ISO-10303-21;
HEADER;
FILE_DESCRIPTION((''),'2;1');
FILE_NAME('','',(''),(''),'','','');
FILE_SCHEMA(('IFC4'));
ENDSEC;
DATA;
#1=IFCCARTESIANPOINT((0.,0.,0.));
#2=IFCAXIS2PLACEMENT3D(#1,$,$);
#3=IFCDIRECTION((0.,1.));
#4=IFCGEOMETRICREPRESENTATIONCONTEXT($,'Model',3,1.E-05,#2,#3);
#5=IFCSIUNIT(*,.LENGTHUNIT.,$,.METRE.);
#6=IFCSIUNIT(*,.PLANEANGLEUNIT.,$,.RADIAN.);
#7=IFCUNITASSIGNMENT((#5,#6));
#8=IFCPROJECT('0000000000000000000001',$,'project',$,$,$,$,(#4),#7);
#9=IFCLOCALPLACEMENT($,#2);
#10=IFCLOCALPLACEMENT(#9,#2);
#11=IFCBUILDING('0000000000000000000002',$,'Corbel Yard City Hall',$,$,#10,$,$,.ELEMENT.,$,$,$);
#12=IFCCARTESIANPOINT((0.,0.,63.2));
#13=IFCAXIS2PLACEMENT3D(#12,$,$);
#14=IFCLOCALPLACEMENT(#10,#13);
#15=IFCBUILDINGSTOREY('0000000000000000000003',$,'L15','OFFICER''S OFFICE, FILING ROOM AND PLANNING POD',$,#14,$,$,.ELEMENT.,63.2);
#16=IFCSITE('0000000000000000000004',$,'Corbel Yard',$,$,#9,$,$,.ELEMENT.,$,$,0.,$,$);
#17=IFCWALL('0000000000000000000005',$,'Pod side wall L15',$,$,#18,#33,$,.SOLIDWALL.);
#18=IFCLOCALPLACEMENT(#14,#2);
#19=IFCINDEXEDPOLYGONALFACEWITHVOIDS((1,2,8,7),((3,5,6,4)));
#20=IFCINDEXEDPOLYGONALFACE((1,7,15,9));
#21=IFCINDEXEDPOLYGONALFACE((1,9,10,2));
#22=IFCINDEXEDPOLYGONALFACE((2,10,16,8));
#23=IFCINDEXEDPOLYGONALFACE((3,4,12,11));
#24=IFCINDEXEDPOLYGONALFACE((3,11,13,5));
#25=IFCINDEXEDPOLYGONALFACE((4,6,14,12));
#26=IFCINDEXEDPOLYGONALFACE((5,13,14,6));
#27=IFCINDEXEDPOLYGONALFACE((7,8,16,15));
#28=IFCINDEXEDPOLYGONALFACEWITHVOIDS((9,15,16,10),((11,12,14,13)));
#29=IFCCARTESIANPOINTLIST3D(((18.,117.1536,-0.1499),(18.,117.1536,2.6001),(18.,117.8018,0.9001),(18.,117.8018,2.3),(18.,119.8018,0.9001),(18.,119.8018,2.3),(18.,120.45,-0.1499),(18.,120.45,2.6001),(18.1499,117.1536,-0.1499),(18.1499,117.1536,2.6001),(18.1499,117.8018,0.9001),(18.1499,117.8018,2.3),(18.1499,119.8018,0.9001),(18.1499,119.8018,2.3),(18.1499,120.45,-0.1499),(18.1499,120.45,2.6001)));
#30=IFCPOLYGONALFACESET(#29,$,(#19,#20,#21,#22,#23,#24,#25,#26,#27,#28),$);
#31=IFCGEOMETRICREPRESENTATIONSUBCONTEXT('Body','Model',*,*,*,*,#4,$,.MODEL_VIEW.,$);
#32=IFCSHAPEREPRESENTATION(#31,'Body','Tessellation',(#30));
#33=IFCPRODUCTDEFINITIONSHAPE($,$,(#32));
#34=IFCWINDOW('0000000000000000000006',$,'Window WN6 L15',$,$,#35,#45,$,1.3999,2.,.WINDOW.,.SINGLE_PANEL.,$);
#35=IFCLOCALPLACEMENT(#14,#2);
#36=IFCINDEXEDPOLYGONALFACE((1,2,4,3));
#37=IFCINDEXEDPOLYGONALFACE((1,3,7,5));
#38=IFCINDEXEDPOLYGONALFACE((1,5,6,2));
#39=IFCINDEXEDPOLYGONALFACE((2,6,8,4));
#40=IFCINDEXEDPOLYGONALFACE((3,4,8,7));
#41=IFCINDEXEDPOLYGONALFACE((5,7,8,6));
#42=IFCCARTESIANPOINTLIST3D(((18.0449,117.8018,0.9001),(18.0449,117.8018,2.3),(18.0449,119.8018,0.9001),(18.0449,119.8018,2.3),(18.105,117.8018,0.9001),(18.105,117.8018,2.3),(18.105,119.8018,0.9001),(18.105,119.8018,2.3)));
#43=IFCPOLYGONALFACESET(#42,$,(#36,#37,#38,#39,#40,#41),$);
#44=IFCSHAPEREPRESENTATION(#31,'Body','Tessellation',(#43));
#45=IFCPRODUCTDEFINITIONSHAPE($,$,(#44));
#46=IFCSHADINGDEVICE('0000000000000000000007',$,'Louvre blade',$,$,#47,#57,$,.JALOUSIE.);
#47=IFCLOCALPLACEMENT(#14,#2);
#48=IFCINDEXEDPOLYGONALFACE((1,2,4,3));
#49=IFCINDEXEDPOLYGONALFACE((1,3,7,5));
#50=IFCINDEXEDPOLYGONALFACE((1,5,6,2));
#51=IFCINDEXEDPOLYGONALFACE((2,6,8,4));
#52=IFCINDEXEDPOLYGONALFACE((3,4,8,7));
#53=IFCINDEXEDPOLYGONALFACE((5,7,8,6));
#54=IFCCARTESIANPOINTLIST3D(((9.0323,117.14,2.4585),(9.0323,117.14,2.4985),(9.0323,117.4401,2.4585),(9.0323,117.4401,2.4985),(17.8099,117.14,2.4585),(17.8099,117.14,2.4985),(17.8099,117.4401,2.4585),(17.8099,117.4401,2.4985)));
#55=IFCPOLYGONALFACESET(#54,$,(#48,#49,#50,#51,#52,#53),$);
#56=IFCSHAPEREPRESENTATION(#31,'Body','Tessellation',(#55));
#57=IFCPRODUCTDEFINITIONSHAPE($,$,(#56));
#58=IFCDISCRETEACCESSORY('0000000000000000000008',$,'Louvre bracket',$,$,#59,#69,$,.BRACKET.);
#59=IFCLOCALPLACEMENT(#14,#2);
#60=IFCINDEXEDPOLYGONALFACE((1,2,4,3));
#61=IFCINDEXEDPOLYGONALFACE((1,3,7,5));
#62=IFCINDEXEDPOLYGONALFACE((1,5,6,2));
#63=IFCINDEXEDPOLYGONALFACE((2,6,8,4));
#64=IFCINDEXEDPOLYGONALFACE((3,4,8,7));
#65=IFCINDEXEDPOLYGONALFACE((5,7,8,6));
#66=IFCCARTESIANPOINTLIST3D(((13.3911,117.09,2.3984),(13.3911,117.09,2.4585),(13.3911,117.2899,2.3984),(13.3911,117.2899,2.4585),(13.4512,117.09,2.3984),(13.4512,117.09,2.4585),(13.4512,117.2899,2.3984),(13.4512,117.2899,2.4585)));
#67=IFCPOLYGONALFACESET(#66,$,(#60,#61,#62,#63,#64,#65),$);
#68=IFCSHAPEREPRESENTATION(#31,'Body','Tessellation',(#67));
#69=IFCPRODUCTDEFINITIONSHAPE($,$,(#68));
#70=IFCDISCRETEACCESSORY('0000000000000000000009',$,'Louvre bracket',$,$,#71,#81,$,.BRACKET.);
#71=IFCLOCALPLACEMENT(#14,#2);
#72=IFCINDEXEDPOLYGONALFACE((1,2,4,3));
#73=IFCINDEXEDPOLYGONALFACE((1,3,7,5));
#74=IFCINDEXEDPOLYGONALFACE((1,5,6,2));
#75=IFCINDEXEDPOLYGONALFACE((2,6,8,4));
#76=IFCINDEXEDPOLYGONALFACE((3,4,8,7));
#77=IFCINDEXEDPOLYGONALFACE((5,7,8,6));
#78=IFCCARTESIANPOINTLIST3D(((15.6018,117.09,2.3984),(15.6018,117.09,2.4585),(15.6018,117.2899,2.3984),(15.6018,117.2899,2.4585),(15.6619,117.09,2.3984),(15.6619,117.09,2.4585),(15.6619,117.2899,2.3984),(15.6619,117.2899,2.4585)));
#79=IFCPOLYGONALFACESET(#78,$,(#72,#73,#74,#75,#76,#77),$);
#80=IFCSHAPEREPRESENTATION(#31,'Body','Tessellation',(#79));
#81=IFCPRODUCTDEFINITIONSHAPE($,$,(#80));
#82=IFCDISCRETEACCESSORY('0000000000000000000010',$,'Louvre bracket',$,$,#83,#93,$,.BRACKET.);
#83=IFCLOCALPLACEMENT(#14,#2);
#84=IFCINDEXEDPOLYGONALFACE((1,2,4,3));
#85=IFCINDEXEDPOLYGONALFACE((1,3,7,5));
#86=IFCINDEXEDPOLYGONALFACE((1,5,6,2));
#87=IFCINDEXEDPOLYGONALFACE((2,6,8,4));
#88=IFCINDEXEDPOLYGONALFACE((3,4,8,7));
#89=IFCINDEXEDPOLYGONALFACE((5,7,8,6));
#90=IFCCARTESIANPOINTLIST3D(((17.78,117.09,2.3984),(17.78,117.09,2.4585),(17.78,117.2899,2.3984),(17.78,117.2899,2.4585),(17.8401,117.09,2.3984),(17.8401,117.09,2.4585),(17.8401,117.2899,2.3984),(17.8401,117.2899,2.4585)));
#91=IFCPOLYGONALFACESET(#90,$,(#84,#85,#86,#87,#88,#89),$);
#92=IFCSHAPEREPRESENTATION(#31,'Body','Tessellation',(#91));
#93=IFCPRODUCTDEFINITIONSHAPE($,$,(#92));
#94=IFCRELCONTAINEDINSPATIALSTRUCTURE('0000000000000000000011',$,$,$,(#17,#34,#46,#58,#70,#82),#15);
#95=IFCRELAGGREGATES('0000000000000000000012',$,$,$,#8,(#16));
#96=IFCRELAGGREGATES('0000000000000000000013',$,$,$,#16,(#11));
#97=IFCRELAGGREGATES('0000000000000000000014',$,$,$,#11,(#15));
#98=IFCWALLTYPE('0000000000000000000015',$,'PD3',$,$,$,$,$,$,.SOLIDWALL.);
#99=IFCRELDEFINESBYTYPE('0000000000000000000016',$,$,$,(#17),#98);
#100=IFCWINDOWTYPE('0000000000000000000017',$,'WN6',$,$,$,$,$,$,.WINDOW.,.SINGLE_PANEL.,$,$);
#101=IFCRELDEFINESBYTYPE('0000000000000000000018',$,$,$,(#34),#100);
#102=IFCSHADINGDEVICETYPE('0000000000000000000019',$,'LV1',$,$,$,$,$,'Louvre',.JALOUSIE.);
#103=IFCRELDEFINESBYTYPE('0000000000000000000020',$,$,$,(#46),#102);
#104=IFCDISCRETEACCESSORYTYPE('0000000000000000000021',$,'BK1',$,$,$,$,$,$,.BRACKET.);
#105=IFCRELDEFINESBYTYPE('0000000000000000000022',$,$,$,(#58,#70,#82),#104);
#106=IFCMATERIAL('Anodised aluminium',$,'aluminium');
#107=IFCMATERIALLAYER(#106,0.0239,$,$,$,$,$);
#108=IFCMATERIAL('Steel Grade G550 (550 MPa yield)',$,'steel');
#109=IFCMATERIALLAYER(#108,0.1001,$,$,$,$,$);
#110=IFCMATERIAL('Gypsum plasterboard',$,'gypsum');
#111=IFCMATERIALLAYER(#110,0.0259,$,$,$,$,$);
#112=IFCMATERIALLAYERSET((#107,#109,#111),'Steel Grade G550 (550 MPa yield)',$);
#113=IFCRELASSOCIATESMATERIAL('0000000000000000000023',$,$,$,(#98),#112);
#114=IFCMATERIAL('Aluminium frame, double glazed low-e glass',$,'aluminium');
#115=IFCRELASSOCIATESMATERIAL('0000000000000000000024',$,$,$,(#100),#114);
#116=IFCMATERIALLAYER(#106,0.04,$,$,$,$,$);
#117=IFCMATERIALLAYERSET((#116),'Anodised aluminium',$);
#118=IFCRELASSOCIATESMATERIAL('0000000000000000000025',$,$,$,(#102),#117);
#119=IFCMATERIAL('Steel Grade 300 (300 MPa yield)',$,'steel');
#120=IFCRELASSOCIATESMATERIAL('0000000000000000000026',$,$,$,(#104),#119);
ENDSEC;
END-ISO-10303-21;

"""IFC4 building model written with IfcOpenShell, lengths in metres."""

from ifc_helpers import new_model, si_unit, direction, frame, frame_2d, origin, origin_2d, place, context, subcontext, project, spatial, rectangle, extrude, material, layer, layer_set, type_object, element, fill, save


model = new_model("IFC4")

# Units and contexts
model_context = context("Model", 3, precision=1e-05, world=origin(), true_north=direction((0.0, 1.0)))
body_context = subcontext(model_context, "Body", "Model", "MODEL_VIEW")
ifc_project = project(units=[si_unit("LENGTHUNIT", "METRE"), si_unit("PLANEANGLEUNIT", "RADIAN")], contexts=[model_context])

# Site, building, storey
site_placement = place(None, origin())
site = spatial("IfcSite", under=ifc_project, at=site_placement, Name="Corbel Yard", CompositionType="ELEMENT", RefElevation=0.0)
building_placement = place(site_placement, origin())
building = spatial("IfcBuilding", under=site, at=building_placement, Name="Corbel Yard City Hall", CompositionType="ELEMENT")
storey_placement = place(building_placement, frame((0.0, 0.0, 63.2)))
storey = spatial("IfcBuildingStorey", under=building, at=storey_placement, Name="L15", Description="OFFICER'S OFFICE, FILING ROOM AND PLANNING POD", CompositionType="ELEMENT", Elevation=63.2)

# Shared definitions
ifc_material_1 = material(Name="Steel Grade 300 (300 MPa yield)", Category="steel")

# Shared definitions
ifc_material_2 = material(Name="Anodised aluminium", Category="aluminium")
ifc_material_3 = material(Name="Steel Grade G550 (550 MPa yield)", Category="steel")
ifc_material_4 = material(Name="Gypsum plasterboard", Category="gypsum")
ifc_material_5 = material(Name="Aluminium frame, double glazed low-e glass", Category="aluminium")

# Wall, opening, window
ifc_layer_1 = layer(ifc_material_2, 0.0239)
ifc_layer_2 = layer(ifc_material_3, 0.1001)
ifc_layer_3 = layer(ifc_material_4, 0.0259)
ifc_layer_set_1 = layer_set([ifc_layer_1, ifc_layer_2, ifc_layer_3], Name="Steel Grade G550 (550 MPa yield)")
wall_type_1 = type_object("IfcWallType", Name="PD3", PredefinedType="SOLIDWALL", material=ifc_layer_set_1)
wall_1_placement = place(storey_placement, frame((18.075, 120.45, -0.1499), z_axis=(0.0, 0.0, 1.0), x_axis=(0.0, -1.0, 0.0)))
wall_1 = element("IfcWall", 1, at=wall_1_placement, inside=storey, type_object=wall_type_1, Name="Pod side wall L15", PredefinedType="SOLIDWALL", context=body_context, shape_type="SweptSolid", body=[
    extrude(rectangle(XDim=3.2964, YDim=0.1499, at=frame_2d((1.6482, 0.0))), origin(), (0.0, 0.0, 1.0), 2.75),
])
opening_1_placement = place(wall_1_placement, frame((0.6482, 0.0, 1.05)))
opening_1 = element("IfcOpeningElement", 2, at=opening_1_placement, cuts=wall_1, PredefinedType="OPENING", context=body_context, shape_type="SweptSolid", body=[
    extrude(rectangle(XDim=2.0, YDim=1.3999, at=frame_2d((1.0, 0.7))), frame((0.0, 0.085, 0.0), z_axis=(0.0, -1.0, 0.0), x_axis=(1.0, 0.0, 0.0)), (0.0, 0.0, 1.0), 0.1699),
])
window_type_1 = type_object("IfcWindowType", Name="WN6", PartitioningType="SINGLE_PANEL", PredefinedType="WINDOW", material=ifc_material_5)
window_1_placement = place(opening_1_placement, origin())
window_1 = element("IfcWindow", 3, at=window_1_placement, inside=storey, type_object=window_type_1, Name="Window WN6 L15", OverallHeight=1.3999, OverallWidth=2.0, PartitioningType="SINGLE_PANEL", PredefinedType="WINDOW", context=body_context, shape_type="SweptSolid", body=[
    extrude(rectangle(XDim=2.0, YDim=1.3999, at=frame_2d((1.0, 0.7))), frame((0.0, 0.03, 0.0), z_axis=(0.0, -1.0, 0.0), x_axis=(1.0, 0.0, 0.0)), (0.0, 0.0, 1.0), 0.0601),
])
fill(opening_1, window_1)

# Shading device
ifc_layer_4 = layer(ifc_material_2, 0.04)
ifc_layer_set_2 = layer_set([ifc_layer_4], Name="Anodised aluminium")
shading_device_type = type_object("IfcShadingDeviceType", Name="LV1", ElementType="Louvre", PredefinedType="JALOUSIE", material=ifc_layer_set_2)
shading_device_placement = place(storey_placement, frame((13.4211, 117.29, 2.4585), z_axis=(0.0, 0.0, 1.0), x_axis=(1.0, 0.0, 0.0)))
element("IfcShadingDevice", 4, at=shading_device_placement, inside=storey, type_object=shading_device_type, Name="Louvre blade", PredefinedType="JALOUSIE", context=body_context, shape_type="SweptSolid", body=[
    extrude(rectangle(XDim=8.7776, YDim=0.3, at=origin_2d()), origin(), (0.0, 0.0, 1.0), 0.04),
])

# Discrete accessories
discrete_accessory_type = type_object("IfcDiscreteAccessoryType", Name="BK1", PredefinedType="BRACKET", material=ifc_material_1)
for number, where, z_axis, x_axis, name in (
    (5, (13.4211, 117.1899, 2.3984), (0.0, 0.0, 1.0), (1.0, 0.0, 0.0), "Louvre bracket"),
    (6, (15.6318, 117.1899, 2.3984), (0.0, 0.0, 1.0), (1.0, 0.0, 0.0), "Louvre bracket"),
    (7, (17.8101, 117.1899, 2.3984), (0.0, 0.0, 1.0), (1.0, 0.0, 0.0), "Louvre bracket"),
):
    element("IfcDiscreteAccessory", number, at=place(storey_placement, frame(where, z_axis=z_axis, x_axis=x_axis)), inside=storey, type_object=discrete_accessory_type, Name=name, PredefinedType="BRACKET", context=body_context, shape_type="SweptSolid", body=[
        extrude(rectangle(XDim=0.0601, YDim=0.2, at=origin_2d()), origin(), (0.0, 0.0, 1.0), 0.0601),
    ])

save(model, "model.ifc")
